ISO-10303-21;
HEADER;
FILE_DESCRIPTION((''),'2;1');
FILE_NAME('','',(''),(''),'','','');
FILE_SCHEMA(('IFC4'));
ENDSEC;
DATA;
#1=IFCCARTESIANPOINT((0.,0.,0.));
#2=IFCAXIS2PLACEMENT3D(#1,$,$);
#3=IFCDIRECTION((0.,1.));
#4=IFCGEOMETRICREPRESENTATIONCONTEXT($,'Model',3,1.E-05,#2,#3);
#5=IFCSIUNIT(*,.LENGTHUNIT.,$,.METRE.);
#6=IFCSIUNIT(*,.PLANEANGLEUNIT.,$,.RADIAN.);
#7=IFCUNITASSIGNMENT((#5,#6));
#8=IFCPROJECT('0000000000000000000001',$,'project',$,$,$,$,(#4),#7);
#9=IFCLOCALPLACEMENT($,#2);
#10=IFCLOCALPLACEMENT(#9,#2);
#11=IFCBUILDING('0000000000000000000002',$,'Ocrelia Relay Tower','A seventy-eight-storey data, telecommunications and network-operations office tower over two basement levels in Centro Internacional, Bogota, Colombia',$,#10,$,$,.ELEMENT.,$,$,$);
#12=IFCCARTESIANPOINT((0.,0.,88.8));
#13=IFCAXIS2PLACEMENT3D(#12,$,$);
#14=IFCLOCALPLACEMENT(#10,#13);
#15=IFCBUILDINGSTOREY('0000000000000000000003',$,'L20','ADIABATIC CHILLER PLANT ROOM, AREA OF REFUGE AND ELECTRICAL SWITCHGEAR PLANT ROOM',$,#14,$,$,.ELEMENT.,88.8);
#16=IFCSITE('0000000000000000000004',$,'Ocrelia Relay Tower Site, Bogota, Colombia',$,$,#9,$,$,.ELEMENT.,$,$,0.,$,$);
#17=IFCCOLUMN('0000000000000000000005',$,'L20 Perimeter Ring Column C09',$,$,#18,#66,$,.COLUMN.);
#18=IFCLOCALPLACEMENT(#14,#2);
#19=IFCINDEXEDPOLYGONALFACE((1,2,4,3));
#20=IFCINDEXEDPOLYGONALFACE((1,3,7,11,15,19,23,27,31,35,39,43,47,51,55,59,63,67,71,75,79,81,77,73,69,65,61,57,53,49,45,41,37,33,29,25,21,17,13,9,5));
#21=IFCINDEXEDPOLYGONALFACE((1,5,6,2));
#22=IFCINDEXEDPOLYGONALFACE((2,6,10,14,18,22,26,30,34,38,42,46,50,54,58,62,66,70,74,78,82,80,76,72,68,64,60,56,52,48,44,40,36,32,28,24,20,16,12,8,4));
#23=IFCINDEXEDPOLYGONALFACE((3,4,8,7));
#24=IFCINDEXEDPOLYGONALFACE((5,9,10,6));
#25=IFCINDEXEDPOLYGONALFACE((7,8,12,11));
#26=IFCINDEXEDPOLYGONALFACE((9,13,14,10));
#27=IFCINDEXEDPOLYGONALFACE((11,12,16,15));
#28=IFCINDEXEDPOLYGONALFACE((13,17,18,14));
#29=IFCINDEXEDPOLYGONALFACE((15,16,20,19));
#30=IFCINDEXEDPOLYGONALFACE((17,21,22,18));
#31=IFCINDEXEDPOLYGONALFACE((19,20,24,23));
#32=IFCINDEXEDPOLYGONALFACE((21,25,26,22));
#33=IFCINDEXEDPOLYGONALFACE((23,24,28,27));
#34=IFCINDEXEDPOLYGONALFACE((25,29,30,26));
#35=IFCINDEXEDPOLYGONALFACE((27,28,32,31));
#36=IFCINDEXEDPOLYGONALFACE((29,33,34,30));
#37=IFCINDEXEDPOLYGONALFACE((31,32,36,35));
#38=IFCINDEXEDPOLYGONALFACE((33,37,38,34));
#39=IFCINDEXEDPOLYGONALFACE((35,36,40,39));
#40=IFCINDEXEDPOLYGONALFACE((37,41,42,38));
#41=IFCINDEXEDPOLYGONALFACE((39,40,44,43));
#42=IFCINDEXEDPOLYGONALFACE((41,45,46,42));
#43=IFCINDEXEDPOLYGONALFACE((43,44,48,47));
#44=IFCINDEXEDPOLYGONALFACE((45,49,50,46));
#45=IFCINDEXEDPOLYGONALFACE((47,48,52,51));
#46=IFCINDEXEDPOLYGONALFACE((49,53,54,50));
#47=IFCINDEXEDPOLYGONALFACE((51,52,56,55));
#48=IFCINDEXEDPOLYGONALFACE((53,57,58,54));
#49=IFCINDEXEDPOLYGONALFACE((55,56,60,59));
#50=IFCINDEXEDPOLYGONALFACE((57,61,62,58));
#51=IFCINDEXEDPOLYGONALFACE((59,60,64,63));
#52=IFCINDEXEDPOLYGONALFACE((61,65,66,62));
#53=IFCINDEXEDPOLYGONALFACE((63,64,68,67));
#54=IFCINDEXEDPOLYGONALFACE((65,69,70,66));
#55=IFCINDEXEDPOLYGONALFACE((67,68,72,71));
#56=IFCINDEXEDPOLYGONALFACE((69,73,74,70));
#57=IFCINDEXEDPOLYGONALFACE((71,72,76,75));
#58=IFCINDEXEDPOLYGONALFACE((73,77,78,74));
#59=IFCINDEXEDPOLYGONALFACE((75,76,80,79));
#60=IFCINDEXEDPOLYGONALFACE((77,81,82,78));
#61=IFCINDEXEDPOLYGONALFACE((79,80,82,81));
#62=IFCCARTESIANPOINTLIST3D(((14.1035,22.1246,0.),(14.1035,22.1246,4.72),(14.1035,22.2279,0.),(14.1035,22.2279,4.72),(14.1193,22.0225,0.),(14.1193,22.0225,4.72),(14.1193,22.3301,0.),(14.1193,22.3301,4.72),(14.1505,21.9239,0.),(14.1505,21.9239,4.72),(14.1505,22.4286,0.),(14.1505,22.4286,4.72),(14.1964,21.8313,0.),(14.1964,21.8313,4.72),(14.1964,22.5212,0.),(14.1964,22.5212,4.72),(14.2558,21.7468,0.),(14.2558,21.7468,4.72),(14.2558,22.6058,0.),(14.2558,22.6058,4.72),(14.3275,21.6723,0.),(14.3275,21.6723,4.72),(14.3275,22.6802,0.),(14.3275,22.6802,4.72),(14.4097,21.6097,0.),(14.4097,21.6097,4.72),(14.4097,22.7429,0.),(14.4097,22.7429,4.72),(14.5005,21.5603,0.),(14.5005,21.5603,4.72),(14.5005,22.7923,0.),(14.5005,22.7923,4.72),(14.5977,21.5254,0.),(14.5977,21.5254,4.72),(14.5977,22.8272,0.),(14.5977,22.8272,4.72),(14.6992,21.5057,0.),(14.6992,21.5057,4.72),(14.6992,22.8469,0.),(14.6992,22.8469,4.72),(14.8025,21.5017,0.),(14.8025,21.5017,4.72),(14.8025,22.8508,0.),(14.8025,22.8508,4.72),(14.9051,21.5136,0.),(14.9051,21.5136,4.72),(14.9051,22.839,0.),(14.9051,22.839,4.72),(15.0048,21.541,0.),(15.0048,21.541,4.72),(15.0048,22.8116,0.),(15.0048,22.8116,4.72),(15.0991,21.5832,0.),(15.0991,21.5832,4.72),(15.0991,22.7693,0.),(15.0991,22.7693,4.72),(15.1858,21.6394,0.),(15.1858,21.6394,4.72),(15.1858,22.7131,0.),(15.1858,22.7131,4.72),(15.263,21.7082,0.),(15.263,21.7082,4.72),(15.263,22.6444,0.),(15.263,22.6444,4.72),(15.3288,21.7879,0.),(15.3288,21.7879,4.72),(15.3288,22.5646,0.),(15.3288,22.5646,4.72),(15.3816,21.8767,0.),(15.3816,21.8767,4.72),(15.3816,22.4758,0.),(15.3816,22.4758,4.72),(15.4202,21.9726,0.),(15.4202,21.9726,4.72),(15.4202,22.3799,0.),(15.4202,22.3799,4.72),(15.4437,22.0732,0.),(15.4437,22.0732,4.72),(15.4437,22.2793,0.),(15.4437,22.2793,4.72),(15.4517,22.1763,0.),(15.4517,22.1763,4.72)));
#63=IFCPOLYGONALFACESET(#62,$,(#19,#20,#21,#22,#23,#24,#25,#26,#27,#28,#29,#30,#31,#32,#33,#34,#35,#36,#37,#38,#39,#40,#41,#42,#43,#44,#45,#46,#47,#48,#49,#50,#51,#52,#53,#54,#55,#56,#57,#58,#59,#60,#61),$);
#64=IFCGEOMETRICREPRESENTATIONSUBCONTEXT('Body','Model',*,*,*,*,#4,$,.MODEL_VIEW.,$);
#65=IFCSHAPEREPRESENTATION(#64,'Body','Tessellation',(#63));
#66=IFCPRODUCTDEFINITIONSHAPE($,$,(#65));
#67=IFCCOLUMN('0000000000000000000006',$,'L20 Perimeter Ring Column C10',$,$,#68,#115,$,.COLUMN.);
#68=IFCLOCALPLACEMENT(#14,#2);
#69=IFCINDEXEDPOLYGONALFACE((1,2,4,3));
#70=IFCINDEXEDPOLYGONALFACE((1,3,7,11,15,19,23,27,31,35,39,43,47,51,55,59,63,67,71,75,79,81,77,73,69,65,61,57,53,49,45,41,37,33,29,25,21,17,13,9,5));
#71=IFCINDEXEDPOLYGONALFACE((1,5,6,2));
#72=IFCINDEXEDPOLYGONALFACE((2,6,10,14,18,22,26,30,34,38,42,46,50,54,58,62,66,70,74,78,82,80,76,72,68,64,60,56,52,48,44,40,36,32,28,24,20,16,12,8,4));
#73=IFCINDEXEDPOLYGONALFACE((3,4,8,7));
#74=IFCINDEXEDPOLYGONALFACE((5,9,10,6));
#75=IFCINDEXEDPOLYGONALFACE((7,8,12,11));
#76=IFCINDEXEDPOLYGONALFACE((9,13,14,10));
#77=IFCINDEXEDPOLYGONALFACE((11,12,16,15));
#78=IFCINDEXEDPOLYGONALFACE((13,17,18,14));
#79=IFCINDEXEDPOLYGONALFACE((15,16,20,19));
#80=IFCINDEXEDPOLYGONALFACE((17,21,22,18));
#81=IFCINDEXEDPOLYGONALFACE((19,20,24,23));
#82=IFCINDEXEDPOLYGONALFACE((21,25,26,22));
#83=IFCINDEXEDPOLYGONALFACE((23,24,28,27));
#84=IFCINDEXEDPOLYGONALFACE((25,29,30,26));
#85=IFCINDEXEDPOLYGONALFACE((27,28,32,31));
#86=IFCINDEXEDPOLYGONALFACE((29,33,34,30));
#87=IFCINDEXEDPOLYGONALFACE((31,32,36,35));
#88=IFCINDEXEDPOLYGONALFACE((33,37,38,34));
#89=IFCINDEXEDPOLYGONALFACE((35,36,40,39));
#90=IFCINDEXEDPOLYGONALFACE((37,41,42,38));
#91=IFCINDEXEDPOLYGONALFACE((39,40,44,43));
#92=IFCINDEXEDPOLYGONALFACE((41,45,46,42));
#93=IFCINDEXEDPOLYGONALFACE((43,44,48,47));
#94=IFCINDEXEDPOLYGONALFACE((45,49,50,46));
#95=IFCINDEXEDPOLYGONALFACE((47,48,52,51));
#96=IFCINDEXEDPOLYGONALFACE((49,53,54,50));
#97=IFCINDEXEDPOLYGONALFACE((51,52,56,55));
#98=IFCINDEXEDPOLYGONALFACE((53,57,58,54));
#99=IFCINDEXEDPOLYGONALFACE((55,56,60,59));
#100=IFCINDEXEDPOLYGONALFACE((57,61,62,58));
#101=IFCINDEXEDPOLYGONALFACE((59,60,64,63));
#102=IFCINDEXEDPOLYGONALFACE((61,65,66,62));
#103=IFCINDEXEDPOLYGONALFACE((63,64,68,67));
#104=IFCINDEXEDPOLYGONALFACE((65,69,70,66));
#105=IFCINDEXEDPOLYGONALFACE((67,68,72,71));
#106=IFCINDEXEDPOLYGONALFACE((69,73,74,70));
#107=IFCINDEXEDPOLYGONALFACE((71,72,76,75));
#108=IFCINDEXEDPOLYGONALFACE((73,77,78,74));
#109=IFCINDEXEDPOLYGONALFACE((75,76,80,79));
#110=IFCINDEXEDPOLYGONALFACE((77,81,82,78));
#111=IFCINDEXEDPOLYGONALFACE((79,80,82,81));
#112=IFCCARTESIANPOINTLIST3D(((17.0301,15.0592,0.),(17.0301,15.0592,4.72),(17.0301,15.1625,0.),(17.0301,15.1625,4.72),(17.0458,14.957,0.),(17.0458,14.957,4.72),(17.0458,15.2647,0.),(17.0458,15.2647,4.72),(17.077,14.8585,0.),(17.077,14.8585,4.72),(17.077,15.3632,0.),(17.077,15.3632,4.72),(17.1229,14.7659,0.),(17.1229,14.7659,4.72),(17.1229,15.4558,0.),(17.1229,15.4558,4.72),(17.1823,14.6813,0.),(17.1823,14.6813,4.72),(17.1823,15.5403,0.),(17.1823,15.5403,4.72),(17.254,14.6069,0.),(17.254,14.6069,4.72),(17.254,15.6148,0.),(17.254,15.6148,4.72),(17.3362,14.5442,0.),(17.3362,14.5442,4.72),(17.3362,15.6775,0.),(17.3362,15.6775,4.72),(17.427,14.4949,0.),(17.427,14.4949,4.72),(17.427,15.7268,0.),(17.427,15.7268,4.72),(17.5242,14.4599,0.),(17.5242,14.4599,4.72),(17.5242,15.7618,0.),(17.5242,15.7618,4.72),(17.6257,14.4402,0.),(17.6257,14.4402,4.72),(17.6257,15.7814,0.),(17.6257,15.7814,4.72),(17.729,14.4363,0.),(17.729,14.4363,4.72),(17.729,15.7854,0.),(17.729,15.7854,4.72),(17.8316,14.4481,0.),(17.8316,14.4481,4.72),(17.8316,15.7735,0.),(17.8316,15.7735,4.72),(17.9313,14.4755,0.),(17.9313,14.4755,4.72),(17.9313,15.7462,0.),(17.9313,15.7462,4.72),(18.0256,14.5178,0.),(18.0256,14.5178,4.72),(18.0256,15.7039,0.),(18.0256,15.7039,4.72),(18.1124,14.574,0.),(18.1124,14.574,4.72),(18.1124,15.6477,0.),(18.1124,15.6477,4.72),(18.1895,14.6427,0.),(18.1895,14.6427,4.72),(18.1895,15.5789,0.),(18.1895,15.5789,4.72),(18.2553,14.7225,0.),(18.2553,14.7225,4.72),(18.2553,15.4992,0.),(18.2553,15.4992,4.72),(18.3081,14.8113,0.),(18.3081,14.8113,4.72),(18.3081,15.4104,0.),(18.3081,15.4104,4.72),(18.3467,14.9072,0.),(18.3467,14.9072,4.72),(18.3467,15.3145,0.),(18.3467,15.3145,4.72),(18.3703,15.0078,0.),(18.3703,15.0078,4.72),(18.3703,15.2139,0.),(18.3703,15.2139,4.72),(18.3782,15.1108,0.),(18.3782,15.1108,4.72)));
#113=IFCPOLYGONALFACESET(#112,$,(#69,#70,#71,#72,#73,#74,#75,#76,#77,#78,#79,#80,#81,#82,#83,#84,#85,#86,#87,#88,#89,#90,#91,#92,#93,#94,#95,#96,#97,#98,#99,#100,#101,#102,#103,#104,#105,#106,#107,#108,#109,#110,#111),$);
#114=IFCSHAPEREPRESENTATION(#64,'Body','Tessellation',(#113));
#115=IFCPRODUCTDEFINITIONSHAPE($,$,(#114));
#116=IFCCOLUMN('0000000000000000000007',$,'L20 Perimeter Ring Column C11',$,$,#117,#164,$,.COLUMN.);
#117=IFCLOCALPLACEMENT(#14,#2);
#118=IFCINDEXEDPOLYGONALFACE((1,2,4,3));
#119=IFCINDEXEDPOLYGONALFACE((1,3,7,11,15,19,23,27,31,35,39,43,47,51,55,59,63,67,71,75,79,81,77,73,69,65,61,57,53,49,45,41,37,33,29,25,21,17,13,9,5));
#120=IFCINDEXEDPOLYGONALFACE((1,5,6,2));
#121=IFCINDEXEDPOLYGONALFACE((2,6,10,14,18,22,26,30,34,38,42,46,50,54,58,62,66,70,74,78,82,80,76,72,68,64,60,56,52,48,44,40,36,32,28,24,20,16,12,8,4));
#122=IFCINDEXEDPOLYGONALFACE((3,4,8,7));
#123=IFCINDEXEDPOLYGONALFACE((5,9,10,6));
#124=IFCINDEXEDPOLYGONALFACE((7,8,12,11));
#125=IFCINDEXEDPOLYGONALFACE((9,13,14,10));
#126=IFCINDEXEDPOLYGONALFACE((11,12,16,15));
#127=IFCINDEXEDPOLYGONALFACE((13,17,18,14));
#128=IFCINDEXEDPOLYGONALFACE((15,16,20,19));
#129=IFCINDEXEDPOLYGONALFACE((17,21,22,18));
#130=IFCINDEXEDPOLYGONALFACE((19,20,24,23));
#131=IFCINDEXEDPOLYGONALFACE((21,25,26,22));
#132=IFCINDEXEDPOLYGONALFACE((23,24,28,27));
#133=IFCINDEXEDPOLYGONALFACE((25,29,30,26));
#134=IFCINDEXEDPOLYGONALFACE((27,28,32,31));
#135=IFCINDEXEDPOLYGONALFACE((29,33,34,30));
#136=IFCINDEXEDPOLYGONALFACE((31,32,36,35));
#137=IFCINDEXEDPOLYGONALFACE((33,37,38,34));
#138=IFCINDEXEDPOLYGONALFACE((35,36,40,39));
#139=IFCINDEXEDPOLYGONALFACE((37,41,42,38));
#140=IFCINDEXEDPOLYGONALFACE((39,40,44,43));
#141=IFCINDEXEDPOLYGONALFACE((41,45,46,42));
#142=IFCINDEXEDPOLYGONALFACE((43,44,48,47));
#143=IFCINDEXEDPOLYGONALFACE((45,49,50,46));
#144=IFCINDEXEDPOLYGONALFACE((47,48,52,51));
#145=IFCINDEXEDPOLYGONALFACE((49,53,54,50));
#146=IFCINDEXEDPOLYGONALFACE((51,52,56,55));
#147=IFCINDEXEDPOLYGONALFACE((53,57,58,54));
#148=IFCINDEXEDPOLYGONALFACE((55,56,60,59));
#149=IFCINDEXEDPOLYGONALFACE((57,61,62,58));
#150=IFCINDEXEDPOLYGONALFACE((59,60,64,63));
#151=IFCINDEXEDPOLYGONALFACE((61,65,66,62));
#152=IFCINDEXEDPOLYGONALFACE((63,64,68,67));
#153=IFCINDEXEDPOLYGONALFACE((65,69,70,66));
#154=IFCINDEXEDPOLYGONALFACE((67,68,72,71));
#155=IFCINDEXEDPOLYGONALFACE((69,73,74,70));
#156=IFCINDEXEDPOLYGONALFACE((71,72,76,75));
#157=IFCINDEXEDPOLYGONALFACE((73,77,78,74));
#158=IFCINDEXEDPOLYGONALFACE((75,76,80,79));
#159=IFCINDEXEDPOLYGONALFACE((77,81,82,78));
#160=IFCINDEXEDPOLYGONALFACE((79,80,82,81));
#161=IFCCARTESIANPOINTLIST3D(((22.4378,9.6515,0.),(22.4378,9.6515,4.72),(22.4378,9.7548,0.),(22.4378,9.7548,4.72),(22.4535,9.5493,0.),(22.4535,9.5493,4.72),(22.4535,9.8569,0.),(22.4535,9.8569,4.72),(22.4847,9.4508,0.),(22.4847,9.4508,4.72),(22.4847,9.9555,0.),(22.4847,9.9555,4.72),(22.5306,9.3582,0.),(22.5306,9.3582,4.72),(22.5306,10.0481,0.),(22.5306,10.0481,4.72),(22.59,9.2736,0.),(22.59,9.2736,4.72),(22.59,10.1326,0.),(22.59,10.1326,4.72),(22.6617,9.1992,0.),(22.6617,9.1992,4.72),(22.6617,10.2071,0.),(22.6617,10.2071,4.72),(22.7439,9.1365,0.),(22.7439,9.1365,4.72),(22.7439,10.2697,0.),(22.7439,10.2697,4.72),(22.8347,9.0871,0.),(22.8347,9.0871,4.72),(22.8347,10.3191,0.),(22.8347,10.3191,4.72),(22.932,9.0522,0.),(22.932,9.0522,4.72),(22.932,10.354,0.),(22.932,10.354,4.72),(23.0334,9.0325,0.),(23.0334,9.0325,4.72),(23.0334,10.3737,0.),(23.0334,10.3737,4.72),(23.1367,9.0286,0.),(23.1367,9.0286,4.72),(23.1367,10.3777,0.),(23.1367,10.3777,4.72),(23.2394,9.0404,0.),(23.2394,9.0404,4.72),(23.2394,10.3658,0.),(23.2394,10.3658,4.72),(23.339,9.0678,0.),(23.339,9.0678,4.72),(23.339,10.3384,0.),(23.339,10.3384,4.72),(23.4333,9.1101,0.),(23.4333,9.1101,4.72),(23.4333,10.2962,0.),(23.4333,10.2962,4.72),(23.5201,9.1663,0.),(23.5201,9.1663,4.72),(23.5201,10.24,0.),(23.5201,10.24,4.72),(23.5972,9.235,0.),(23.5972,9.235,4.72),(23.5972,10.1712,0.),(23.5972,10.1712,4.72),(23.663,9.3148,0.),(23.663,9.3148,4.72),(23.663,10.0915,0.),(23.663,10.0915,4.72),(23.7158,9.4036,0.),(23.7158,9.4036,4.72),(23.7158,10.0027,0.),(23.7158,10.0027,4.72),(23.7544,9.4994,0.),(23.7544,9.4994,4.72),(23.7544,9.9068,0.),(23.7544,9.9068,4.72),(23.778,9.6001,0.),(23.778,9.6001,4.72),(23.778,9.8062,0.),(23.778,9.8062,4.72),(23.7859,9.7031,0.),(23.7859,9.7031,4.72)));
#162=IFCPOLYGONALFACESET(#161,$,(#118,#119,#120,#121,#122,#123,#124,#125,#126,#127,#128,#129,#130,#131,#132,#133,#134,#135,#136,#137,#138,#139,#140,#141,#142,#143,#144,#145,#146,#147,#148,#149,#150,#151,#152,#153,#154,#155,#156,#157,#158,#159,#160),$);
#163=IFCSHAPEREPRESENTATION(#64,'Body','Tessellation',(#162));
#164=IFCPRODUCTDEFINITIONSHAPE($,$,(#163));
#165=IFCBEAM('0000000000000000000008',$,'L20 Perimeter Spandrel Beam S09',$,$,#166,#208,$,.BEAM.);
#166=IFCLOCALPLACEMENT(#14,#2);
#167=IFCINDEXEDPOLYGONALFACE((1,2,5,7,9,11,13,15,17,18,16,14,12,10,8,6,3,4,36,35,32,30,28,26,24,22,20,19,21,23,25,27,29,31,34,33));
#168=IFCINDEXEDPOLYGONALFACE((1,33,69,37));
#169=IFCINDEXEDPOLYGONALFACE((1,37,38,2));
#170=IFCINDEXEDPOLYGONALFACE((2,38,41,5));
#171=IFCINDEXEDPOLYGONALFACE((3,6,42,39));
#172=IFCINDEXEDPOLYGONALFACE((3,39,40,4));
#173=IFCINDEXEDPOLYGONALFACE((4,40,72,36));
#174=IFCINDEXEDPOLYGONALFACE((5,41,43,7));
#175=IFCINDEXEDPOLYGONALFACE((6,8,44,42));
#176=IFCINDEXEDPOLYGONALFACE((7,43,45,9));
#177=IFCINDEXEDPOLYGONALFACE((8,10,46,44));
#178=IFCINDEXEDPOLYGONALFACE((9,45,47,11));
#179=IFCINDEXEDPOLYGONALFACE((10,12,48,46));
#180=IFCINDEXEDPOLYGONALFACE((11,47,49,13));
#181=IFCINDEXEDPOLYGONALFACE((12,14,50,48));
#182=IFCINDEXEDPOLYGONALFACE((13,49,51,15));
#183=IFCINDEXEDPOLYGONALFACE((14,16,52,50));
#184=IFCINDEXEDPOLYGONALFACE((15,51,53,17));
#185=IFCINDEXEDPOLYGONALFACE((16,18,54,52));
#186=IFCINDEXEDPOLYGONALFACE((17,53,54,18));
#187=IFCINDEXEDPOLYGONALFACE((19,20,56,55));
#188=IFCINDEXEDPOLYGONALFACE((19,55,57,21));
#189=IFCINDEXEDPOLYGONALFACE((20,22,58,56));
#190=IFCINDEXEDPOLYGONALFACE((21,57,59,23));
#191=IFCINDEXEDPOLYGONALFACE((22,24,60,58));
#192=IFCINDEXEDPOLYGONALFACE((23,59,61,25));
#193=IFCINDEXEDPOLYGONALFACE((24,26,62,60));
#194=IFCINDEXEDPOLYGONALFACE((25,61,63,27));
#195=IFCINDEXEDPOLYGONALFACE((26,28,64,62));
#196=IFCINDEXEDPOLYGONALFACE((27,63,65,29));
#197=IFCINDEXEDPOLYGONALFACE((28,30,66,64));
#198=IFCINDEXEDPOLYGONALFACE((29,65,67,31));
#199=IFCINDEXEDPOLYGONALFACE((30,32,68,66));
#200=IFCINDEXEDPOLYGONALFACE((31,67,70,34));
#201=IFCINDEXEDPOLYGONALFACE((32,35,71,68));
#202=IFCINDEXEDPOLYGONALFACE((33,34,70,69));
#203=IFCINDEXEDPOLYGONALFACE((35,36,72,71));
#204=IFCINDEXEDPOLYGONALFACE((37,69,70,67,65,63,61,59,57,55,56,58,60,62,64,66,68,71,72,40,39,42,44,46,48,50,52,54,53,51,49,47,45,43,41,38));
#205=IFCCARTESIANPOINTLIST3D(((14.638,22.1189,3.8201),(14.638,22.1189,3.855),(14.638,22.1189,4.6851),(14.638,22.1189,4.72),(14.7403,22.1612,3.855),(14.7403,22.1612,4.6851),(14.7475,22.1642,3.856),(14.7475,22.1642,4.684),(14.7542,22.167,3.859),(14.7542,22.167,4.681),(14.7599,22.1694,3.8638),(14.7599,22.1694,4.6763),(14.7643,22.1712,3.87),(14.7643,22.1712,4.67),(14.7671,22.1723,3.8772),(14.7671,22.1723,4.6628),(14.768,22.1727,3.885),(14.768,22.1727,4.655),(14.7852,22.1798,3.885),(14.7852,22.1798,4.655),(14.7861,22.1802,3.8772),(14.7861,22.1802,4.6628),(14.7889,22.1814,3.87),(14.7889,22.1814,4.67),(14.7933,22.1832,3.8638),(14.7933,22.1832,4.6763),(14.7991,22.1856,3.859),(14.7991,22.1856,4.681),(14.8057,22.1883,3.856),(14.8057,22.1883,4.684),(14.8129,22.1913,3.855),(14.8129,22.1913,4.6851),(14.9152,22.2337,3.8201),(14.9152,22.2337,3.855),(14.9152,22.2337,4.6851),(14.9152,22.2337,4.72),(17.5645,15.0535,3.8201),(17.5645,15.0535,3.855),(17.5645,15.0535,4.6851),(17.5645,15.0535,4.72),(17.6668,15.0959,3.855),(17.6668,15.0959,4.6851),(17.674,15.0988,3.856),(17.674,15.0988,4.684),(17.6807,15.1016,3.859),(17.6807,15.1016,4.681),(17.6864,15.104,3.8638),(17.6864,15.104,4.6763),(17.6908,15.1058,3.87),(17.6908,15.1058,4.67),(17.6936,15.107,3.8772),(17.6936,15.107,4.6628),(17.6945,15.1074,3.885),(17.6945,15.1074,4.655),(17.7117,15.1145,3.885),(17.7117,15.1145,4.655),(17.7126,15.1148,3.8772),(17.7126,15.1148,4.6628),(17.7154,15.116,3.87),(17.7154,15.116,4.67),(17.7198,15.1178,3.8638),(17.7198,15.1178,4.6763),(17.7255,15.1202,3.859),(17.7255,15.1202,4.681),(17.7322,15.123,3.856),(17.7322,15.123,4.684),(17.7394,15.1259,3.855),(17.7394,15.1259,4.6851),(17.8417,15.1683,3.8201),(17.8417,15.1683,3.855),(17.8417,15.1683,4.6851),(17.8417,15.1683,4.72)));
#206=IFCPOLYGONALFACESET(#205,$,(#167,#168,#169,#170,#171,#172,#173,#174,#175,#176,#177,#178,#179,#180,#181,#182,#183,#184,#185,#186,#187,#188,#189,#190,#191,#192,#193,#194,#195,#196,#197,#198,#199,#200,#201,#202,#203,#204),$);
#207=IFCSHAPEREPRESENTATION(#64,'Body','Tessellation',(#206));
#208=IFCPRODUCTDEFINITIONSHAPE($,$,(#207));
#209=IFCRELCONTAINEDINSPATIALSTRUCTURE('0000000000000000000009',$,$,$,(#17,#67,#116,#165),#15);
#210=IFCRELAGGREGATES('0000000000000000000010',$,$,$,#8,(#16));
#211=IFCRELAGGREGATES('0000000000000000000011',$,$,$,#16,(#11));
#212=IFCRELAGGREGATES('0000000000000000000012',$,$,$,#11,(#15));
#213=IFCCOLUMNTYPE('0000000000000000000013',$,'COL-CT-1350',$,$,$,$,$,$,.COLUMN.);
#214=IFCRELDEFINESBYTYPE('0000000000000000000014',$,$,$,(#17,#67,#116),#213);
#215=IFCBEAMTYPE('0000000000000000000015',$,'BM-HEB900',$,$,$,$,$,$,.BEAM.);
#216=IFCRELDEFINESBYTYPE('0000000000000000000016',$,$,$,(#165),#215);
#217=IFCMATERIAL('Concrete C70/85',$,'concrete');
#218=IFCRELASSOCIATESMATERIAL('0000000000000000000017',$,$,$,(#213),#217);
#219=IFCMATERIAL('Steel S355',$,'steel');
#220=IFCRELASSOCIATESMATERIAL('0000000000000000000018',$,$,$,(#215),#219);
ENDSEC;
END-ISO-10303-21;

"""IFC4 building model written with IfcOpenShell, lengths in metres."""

from ifc_helpers import new_model, si_unit, direction, frame, origin, origin_2d, place, context, subcontext, project, spatial, circle, i_section, extrude, material, material_profile, profile_set, type_object, element, save


model = new_model("IFC4")

# Units and contexts
model_context = context("Model", 3, precision=1e-05, world=origin(), true_north=direction((0.0, 1.0)))
body_context = subcontext(model_context, "Body", "Model", "MODEL_VIEW")
ifc_project = project(units=[si_unit("LENGTHUNIT", "METRE"), si_unit("PLANEANGLEUNIT", "RADIAN")], contexts=[model_context])

# Site, building, storey
site_placement = place(None, origin())
site = spatial("IfcSite", under=ifc_project, at=site_placement, Name="Ocrelia Relay Tower Site, Bogota, Colombia", CompositionType="ELEMENT", RefElevation=0.0)
building_placement = place(site_placement, origin())
building = spatial("IfcBuilding", under=site, at=building_placement, Name="Ocrelia Relay Tower", Description="A seventy-eight-storey data, telecommunications and network-operations office tower over two basement levels in Centro Internacional, Bogota, Colombia", CompositionType="ELEMENT")
storey_placement = place(building_placement, frame((0.0, 0.0, 88.8)))
storey = spatial("IfcBuildingStorey", under=building, at=storey_placement, Name="L20", Description="ADIABATIC CHILLER PLANT ROOM, AREA OF REFUGE AND ELECTRICAL SWITCHGEAR PLANT ROOM", CompositionType="ELEMENT", Elevation=88.8)

# Columns
ifc_material_1 = material(Name="Concrete C70/85", Category="concrete")
ifc_material_profile_1 = material_profile(ifc_material_1, circle(Radius=0.675, at=origin_2d()), Name="RC-CIR-1350")
ifc_profile_set_1 = profile_set([ifc_material_profile_1], Name="Concrete C70/85")
column_type = type_object("IfcColumnType", Name="COL-CT-1350", PredefinedType="COLUMN", material=ifc_profile_set_1)
for number, where, z_axis, x_axis, name in (
    (1, (14.7766, 22.1763, 0.0), (0.0, 0.0, 1.0), (1.0, 0.0, 0.0), "L20 Perimeter Ring Column C09"),
    (2, (17.7031, 15.1108, 0.0), (0.0, 0.0, 1.0), (1.0, 0.0, 0.0), "L20 Perimeter Ring Column C10"),
    (3, (23.1108, 9.7031, 0.0), (0.0, 0.0, 1.0), (1.0, 0.0, 0.0), "L20 Perimeter Ring Column C11"),
):
    element("IfcColumn", number, at=place(storey_placement, frame(where, z_axis=z_axis, x_axis=x_axis)), inside=storey, type_object=column_type, Name=name, PredefinedType="COLUMN", context=body_context, shape_type="SweptSolid", body=[
        extrude(circle(Radius=0.675, at=origin_2d()), origin(), (0.0, 0.0, 1.0), 4.72),
    ])

# Beam
ifc_material_2 = material(Name="Steel S355", Category="steel")
ifc_material_profile_2 = material_profile(ifc_material_2, i_section(OverallWidth=0.3, OverallDepth=0.8999, WebThickness=0.0186, FlangeThickness=0.0349, FilletRadius=0.03, at=origin_2d()), Name="HEB 900")
ifc_profile_set_2 = profile_set([ifc_material_profile_2], Name="Steel S355")
beam_type_1 = type_object("IfcBeamType", Name="BM-HEB900", PredefinedType="BEAM", material=ifc_profile_set_2)
beam_1_placement = place(storey_placement, frame((14.7766, 22.1763, 4.27), z_axis=(0.382674, -0.923883, 0.0), x_axis=(0.923883, 0.382674, 0.0)))
element("IfcBeam", 4, at=beam_1_placement, inside=storey, type_object=beam_type_1, Name="L20 Perimeter Spandrel Beam S09", PredefinedType="BEAM", context=body_context, shape_type="SweptSolid", body=[
    extrude(i_section(OverallWidth=0.3, OverallDepth=0.8999, WebThickness=0.0186, FlangeThickness=0.0349, FilletRadius=0.03, at=origin_2d()), origin(), (0.0, 0.0, 1.0), 7.6475),
])

save(model, "model.ifc")
